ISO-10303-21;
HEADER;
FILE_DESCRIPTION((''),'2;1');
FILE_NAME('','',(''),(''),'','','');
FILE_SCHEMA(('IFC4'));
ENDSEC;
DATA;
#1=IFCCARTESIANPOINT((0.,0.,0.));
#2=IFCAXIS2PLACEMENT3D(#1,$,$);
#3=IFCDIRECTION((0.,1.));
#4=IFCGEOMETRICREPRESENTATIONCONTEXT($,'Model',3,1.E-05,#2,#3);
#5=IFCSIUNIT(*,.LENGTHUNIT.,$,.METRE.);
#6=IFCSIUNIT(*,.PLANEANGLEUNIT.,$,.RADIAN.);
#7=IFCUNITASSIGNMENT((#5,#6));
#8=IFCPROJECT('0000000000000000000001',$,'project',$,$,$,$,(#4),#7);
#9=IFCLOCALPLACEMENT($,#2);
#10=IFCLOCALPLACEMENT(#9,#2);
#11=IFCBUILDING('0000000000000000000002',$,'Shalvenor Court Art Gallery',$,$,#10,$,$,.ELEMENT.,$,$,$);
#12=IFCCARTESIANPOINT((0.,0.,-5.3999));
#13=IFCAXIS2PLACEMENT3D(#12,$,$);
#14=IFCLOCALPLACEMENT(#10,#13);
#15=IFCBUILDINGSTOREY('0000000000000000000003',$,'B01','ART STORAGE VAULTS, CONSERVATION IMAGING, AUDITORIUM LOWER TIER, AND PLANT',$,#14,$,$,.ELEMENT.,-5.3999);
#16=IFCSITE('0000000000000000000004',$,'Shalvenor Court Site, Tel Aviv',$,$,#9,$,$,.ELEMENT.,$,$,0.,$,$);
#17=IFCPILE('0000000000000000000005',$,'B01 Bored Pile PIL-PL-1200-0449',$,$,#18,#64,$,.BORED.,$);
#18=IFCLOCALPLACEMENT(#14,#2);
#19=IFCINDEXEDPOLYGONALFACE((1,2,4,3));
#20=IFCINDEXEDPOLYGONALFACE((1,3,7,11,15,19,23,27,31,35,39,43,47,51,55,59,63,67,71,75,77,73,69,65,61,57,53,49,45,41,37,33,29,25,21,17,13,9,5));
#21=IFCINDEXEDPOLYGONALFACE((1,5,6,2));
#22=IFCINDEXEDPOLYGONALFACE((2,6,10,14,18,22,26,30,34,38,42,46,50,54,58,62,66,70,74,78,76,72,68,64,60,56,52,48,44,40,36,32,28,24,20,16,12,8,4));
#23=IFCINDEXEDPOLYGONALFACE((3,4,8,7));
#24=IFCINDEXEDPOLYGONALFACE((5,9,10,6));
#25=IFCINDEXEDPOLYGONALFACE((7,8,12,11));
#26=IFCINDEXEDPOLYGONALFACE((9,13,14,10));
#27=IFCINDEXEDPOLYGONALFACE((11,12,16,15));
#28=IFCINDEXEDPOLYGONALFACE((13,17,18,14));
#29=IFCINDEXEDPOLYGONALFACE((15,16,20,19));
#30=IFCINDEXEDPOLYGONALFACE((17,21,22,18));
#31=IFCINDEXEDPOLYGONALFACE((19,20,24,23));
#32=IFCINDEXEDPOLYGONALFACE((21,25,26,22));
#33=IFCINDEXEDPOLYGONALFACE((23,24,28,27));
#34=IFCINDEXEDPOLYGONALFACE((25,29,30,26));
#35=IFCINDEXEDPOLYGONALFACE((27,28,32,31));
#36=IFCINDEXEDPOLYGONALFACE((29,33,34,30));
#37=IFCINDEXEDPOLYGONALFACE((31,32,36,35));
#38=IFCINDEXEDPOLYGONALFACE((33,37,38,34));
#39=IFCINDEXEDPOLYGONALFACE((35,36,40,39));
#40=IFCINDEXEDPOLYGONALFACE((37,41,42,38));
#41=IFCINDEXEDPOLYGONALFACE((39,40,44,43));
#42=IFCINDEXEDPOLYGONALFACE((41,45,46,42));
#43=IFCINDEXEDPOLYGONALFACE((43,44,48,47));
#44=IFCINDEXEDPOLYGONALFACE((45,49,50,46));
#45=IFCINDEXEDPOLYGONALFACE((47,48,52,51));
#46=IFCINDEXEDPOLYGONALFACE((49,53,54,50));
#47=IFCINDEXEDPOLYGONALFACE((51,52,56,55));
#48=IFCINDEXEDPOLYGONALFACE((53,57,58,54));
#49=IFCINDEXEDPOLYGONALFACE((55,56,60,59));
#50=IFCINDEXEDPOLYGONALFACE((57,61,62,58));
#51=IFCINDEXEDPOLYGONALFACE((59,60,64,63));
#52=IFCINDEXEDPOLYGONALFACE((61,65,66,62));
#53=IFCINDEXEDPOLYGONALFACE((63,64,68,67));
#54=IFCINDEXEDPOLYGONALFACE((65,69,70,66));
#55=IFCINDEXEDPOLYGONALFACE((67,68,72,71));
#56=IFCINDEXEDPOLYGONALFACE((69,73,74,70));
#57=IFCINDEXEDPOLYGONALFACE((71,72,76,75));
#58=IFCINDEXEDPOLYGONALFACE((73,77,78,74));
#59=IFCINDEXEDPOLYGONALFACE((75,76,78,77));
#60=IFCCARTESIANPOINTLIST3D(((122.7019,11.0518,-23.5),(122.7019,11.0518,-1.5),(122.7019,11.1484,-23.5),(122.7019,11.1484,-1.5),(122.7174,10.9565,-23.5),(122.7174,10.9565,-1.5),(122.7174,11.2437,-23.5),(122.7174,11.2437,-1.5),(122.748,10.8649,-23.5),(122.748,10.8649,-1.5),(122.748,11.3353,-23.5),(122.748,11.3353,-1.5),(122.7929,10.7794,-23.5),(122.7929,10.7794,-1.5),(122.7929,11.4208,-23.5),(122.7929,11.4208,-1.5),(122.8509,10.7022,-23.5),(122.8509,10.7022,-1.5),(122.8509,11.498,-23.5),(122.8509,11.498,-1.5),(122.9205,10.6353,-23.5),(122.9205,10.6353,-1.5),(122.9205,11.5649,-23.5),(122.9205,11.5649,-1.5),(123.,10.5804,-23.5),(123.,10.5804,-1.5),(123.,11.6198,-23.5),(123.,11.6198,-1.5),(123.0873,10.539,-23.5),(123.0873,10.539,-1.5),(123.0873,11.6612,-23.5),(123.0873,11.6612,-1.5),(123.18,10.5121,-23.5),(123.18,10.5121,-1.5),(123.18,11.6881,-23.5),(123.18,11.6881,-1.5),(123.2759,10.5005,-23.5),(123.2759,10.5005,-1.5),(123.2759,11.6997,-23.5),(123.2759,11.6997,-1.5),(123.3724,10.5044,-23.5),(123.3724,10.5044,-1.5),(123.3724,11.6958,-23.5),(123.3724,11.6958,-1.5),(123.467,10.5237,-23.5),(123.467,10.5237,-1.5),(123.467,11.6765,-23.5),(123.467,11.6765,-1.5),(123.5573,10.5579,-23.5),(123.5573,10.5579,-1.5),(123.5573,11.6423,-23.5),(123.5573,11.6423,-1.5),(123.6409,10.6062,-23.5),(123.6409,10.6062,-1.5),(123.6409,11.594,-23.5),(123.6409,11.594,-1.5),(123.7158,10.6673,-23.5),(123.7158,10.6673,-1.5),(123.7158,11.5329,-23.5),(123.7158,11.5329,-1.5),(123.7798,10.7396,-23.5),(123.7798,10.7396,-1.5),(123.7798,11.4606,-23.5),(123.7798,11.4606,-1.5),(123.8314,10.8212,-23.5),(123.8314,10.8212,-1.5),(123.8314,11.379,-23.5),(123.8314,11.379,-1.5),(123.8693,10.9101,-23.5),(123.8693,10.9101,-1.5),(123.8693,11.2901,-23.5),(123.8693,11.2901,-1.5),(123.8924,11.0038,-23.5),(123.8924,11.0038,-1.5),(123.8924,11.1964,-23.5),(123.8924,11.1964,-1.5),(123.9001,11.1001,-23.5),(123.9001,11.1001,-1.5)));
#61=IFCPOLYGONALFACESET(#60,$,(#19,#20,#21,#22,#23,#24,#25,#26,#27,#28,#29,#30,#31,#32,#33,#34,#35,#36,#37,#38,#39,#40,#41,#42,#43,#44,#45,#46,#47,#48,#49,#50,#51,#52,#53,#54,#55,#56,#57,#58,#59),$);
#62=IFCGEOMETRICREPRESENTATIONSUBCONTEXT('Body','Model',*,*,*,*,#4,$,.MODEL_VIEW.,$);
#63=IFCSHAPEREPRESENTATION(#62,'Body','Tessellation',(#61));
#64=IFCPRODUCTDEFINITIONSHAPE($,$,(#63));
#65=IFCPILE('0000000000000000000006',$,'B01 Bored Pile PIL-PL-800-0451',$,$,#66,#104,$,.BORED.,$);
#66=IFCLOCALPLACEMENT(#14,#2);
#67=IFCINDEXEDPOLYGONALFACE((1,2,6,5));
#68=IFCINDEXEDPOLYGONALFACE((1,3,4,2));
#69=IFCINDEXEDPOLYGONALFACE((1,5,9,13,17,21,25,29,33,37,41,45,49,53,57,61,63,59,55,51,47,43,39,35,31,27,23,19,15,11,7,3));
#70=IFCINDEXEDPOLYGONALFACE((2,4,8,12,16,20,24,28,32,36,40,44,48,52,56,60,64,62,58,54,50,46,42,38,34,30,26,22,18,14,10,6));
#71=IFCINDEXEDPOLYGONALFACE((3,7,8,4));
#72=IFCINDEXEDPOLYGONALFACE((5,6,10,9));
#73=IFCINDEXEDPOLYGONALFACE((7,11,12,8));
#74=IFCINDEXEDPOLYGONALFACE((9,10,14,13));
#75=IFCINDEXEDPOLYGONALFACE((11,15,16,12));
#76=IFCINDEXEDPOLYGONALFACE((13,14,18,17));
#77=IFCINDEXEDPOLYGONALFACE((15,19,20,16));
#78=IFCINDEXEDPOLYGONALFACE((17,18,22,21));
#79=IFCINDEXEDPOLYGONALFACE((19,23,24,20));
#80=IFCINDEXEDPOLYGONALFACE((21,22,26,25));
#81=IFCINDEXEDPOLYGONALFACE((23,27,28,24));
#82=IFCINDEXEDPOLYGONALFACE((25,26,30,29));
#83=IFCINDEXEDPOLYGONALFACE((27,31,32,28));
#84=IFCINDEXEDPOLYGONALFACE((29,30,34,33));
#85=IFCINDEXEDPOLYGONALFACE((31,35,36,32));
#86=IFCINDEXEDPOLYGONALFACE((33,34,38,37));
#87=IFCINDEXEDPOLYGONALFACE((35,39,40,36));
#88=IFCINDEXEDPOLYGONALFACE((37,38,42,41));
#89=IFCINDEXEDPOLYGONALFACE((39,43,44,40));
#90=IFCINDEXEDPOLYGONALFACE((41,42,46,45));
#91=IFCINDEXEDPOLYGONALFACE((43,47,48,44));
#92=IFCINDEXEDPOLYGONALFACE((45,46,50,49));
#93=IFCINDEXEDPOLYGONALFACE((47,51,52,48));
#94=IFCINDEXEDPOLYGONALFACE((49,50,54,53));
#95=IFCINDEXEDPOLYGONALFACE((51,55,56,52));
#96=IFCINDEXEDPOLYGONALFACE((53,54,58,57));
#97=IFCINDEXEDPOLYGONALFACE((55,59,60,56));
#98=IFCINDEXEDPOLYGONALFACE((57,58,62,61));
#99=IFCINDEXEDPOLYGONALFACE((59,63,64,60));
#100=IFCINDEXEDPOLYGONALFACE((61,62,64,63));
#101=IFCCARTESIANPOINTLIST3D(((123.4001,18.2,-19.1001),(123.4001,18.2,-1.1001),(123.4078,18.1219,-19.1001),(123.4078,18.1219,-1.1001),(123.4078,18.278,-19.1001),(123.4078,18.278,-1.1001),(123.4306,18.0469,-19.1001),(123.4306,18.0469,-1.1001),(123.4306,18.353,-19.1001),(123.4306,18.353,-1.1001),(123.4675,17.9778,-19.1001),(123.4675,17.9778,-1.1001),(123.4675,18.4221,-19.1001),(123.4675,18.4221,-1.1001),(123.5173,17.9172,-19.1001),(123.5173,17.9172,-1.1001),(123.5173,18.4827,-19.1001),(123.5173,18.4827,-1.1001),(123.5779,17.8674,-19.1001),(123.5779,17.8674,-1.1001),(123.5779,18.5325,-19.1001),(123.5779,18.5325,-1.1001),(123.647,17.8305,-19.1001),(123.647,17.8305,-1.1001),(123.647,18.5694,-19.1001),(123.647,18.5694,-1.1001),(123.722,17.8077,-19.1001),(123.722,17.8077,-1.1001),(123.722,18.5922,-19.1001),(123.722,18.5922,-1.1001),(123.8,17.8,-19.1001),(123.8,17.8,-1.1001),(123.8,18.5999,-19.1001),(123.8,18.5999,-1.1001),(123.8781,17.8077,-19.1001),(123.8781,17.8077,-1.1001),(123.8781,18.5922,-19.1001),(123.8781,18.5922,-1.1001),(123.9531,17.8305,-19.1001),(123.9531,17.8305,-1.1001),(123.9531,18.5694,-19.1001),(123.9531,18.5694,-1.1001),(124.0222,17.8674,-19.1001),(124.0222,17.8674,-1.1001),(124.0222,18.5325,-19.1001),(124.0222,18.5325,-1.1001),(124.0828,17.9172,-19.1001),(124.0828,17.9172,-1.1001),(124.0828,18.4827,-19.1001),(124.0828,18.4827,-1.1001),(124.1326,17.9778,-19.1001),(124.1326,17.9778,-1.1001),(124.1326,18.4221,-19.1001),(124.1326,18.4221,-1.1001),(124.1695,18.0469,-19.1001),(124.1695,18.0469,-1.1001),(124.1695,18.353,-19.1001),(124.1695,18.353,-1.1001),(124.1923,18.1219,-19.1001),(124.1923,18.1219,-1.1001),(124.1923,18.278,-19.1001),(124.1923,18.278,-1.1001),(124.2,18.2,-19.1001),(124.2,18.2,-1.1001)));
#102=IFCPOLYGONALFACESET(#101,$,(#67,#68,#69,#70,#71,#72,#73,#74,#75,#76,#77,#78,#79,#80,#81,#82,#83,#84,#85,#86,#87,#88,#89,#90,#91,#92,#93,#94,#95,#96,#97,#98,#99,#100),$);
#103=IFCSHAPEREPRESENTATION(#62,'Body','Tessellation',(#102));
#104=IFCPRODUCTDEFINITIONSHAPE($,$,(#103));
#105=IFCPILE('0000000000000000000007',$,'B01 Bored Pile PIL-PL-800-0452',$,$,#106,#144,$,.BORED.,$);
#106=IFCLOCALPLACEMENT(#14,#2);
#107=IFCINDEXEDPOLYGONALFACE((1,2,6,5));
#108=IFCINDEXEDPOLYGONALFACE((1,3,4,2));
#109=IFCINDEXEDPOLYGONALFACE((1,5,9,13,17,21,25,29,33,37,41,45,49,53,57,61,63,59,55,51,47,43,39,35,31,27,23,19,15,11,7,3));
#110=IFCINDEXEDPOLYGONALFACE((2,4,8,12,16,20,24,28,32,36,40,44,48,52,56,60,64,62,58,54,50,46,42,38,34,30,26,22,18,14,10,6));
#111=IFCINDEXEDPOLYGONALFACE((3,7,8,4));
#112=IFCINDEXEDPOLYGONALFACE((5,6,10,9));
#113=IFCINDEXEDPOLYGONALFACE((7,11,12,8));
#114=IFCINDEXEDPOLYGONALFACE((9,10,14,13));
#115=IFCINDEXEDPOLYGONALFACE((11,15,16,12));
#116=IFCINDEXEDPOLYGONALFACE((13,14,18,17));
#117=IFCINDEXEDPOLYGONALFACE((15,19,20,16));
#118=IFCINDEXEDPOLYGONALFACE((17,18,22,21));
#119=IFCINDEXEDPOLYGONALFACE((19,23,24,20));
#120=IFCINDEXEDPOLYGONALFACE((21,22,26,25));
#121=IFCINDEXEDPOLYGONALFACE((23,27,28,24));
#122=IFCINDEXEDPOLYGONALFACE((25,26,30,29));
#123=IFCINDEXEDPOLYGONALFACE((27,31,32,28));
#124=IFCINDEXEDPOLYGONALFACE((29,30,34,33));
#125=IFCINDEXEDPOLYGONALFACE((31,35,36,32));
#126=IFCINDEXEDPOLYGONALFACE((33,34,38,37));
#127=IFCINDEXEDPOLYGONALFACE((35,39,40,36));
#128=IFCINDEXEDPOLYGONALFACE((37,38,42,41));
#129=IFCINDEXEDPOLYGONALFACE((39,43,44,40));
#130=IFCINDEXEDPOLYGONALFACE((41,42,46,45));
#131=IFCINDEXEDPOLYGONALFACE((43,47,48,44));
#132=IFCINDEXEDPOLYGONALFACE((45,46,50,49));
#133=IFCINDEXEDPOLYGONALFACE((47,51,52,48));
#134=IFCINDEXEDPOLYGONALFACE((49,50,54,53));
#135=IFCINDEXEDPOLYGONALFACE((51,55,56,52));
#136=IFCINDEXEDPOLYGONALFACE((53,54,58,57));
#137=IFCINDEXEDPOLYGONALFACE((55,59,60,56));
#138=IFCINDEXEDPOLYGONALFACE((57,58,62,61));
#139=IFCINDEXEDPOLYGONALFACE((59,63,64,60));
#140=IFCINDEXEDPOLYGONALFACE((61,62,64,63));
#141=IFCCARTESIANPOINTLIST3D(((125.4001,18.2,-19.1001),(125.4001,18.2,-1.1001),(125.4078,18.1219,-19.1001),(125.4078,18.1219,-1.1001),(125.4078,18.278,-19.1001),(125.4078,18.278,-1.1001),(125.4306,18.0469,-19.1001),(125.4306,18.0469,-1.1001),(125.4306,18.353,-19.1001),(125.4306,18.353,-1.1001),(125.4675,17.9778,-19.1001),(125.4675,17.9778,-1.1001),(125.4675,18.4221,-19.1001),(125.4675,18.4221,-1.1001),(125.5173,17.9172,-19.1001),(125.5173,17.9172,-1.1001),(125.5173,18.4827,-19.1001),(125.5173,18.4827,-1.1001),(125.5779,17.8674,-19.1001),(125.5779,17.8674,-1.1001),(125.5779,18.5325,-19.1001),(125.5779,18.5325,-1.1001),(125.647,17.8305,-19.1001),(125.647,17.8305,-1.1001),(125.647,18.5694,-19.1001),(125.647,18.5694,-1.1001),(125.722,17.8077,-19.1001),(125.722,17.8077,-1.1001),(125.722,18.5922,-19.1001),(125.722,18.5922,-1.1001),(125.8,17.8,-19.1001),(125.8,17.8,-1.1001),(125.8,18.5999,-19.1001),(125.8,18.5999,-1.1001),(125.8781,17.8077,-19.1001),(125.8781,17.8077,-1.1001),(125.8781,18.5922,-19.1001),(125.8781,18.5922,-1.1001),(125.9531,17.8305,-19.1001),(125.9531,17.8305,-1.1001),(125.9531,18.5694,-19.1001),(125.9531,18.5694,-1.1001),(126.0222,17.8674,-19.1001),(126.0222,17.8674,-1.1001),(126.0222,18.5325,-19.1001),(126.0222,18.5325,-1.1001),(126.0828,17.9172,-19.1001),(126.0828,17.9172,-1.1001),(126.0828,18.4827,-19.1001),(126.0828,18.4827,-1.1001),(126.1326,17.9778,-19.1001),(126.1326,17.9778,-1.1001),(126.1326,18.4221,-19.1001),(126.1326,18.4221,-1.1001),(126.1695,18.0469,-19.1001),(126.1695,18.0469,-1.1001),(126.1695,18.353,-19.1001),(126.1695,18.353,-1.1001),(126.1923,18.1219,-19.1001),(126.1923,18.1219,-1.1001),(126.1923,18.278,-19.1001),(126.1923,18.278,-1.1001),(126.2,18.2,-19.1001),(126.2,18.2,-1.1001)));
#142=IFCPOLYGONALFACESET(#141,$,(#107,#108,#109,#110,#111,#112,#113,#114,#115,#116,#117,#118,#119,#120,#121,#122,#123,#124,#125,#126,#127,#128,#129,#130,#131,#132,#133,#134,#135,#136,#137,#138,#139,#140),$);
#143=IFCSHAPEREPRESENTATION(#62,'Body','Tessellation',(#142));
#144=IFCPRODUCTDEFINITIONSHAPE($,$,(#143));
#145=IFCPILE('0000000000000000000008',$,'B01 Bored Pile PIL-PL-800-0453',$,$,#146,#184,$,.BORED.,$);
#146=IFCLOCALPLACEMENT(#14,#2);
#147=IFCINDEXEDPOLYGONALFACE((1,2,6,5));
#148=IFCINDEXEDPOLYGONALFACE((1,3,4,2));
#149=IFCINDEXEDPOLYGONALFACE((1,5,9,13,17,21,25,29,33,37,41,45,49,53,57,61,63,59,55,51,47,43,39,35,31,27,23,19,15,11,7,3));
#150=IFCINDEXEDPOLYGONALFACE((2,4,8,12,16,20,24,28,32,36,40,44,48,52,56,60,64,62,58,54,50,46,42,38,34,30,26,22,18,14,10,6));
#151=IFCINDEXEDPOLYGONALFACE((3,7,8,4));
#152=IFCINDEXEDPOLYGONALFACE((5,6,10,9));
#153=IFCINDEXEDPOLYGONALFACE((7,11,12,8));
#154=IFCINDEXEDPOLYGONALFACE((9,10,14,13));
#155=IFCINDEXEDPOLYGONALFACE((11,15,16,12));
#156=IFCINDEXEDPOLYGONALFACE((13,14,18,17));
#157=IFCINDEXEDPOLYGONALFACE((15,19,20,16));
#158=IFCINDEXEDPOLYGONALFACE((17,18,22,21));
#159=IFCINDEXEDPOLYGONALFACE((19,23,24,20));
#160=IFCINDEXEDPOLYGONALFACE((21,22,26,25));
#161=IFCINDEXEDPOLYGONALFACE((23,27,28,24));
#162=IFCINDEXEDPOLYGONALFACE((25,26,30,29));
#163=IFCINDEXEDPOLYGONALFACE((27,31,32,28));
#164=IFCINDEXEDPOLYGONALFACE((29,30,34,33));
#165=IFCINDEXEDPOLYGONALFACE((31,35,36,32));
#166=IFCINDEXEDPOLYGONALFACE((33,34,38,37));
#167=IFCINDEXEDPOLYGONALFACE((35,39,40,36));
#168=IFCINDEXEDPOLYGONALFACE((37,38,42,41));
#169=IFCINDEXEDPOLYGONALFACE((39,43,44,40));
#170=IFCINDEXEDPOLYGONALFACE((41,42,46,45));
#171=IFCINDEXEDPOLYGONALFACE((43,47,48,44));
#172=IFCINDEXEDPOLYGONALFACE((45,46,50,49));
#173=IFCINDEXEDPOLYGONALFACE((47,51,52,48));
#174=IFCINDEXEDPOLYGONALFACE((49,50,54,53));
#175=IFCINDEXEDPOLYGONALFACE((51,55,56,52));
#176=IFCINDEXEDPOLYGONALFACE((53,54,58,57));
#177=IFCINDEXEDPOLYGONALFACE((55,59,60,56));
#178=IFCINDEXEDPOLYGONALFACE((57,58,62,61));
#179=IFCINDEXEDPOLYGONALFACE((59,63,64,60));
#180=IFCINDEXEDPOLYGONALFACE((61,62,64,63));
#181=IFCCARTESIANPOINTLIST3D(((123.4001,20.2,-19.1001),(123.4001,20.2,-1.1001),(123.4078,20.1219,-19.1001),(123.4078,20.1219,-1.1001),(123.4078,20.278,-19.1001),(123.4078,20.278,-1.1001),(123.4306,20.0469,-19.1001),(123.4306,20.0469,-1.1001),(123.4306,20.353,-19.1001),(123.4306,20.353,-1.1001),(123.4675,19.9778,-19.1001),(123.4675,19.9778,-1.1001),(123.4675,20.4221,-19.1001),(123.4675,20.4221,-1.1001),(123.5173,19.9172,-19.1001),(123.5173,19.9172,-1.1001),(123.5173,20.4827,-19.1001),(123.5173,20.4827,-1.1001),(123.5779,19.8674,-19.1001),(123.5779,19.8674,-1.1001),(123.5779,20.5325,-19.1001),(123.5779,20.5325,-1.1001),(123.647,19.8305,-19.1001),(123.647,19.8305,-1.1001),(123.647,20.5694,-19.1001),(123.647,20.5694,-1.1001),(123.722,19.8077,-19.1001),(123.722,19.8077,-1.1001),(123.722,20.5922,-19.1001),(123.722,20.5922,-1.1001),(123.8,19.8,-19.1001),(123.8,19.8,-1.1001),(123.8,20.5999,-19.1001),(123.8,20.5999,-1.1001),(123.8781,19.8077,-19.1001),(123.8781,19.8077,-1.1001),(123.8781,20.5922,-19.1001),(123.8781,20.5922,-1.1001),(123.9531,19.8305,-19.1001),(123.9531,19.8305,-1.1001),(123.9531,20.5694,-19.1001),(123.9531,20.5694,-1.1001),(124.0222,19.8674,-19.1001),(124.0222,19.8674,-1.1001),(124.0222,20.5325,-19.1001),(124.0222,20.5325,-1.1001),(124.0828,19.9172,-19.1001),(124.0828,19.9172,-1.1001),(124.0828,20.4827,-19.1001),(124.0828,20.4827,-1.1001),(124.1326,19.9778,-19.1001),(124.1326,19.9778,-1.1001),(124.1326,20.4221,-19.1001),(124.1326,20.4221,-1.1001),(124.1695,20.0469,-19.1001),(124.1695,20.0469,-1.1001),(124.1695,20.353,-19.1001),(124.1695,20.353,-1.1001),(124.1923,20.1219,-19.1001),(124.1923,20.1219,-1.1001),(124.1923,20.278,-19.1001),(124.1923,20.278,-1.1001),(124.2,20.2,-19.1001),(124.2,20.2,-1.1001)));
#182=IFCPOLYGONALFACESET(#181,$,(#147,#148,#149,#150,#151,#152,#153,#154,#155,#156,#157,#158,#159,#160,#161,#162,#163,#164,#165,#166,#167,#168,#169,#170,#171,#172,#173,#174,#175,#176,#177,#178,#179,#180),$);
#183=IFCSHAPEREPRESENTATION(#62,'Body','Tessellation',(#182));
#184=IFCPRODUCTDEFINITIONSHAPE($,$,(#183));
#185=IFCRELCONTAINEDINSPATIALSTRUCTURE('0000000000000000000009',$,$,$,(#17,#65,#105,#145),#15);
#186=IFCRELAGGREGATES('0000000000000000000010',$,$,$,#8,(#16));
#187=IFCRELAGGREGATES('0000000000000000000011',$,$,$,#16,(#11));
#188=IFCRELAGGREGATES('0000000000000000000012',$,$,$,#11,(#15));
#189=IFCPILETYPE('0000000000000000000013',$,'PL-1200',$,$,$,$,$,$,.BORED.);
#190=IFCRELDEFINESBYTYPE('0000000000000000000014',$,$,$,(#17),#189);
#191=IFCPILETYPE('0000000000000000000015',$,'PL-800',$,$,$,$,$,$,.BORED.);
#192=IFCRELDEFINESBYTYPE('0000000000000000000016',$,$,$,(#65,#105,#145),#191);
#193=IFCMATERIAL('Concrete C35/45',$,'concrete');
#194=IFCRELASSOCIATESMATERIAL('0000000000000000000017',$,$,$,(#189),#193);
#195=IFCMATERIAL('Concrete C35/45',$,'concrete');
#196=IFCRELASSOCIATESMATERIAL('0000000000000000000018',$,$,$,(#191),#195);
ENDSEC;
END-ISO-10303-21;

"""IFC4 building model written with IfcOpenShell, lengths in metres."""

from ifc_helpers import new_model, si_unit, direction, frame, origin, origin_2d, place, context, subcontext, project, spatial, circle, extrude, material, material_profile, profile_set, type_object, element, save


model = new_model("IFC4")

# Units and contexts
model_context = context("Model", 3, precision=1e-05, world=origin(), true_north=direction((0.0, 1.0)))
body_context = subcontext(model_context, "Body", "Model", "MODEL_VIEW")
ifc_project = project(units=[si_unit("LENGTHUNIT", "METRE"), si_unit("PLANEANGLEUNIT", "RADIAN")], contexts=[model_context])

# Site, building, storey
site_placement = place(None, origin())
site = spatial("IfcSite", under=ifc_project, at=site_placement, Name="Shalvenor Court Site, Tel Aviv", CompositionType="ELEMENT", RefElevation=0.0)
building_placement = place(site_placement, origin())
building = spatial("IfcBuilding", under=site, at=building_placement, Name="Shalvenor Court Art Gallery", CompositionType="ELEMENT")
storey_placement = place(building_placement, frame((0.0, 0.0, -5.3999)))
storey = spatial("IfcBuildingStorey", under=building, at=storey_placement, Name="B01", Description="ART STORAGE VAULTS, CONSERVATION IMAGING, AUDITORIUM LOWER TIER, AND PLANT", CompositionType="ELEMENT", Elevation=-5.3999)

# Piles
ifc_material_1 = material(Name="Concrete C35/45", Category="concrete")
ifc_material_profile_1 = material_profile(ifc_material_1, circle(Radius=0.6001, at=origin_2d()), Name="PILE 1200")
ifc_profile_set_1 = profile_set([ifc_material_profile_1], Name="Concrete C35/45")
pile_type_1 = type_object("IfcPileType", Name="PL-1200", PredefinedType="BORED", material=ifc_profile_set_1)
for number, where, z_axis, x_axis, name in (
    (1, (123.3, 11.1001, -1.5), (0.0, 0.0, -1.0), (1.0, 0.0, 0.0), "B01 Bored Pile PIL-PL-1200-0449"),
):
    element("IfcPile", number, at=place(storey_placement, frame(where, z_axis=z_axis, x_axis=x_axis)), inside=storey, type_object=pile_type_1, Name=name, PredefinedType="BORED", context=body_context, shape_type="SweptSolid", body=[
        extrude(circle(Radius=0.6001, at=origin_2d()), origin(), (0.0, 0.0, 1.0), 22.0),
    ])
ifc_material_2 = material(Name="Concrete C35/45", Category="concrete")
ifc_material_profile_2 = material_profile(ifc_material_2, circle(Radius=0.3999, at=origin_2d()), Name="PILE 800")
ifc_profile_set_2 = profile_set([ifc_material_profile_2], Name="Concrete C35/45")
pile_type_2 = type_object("IfcPileType", Name="PL-800", PredefinedType="BORED", material=ifc_profile_set_2)
for number, where, z_axis, x_axis, name in (
    (2, (123.8, 18.2, -1.1001), (0.0, 0.0, -1.0), (1.0, 0.0, 0.0), "B01 Bored Pile PIL-PL-800-0451"),
    (3, (125.8, 18.2, -1.1001), (0.0, 0.0, -1.0), (1.0, 0.0, 0.0), "B01 Bored Pile PIL-PL-800-0452"),
    (4, (123.8, 20.2, -1.1001), (0.0, 0.0, -1.0), (1.0, 0.0, 0.0), "B01 Bored Pile PIL-PL-800-0453"),
):
    element("IfcPile", number, at=place(storey_placement, frame(where, z_axis=z_axis, x_axis=x_axis)), inside=storey, type_object=pile_type_2, Name=name, PredefinedType="BORED", context=body_context, shape_type="SweptSolid", body=[
        extrude(circle(Radius=0.3999, at=origin_2d()), origin(), (0.0, 0.0, 1.0), 18.0),
    ])

save(model, "model.ifc")
